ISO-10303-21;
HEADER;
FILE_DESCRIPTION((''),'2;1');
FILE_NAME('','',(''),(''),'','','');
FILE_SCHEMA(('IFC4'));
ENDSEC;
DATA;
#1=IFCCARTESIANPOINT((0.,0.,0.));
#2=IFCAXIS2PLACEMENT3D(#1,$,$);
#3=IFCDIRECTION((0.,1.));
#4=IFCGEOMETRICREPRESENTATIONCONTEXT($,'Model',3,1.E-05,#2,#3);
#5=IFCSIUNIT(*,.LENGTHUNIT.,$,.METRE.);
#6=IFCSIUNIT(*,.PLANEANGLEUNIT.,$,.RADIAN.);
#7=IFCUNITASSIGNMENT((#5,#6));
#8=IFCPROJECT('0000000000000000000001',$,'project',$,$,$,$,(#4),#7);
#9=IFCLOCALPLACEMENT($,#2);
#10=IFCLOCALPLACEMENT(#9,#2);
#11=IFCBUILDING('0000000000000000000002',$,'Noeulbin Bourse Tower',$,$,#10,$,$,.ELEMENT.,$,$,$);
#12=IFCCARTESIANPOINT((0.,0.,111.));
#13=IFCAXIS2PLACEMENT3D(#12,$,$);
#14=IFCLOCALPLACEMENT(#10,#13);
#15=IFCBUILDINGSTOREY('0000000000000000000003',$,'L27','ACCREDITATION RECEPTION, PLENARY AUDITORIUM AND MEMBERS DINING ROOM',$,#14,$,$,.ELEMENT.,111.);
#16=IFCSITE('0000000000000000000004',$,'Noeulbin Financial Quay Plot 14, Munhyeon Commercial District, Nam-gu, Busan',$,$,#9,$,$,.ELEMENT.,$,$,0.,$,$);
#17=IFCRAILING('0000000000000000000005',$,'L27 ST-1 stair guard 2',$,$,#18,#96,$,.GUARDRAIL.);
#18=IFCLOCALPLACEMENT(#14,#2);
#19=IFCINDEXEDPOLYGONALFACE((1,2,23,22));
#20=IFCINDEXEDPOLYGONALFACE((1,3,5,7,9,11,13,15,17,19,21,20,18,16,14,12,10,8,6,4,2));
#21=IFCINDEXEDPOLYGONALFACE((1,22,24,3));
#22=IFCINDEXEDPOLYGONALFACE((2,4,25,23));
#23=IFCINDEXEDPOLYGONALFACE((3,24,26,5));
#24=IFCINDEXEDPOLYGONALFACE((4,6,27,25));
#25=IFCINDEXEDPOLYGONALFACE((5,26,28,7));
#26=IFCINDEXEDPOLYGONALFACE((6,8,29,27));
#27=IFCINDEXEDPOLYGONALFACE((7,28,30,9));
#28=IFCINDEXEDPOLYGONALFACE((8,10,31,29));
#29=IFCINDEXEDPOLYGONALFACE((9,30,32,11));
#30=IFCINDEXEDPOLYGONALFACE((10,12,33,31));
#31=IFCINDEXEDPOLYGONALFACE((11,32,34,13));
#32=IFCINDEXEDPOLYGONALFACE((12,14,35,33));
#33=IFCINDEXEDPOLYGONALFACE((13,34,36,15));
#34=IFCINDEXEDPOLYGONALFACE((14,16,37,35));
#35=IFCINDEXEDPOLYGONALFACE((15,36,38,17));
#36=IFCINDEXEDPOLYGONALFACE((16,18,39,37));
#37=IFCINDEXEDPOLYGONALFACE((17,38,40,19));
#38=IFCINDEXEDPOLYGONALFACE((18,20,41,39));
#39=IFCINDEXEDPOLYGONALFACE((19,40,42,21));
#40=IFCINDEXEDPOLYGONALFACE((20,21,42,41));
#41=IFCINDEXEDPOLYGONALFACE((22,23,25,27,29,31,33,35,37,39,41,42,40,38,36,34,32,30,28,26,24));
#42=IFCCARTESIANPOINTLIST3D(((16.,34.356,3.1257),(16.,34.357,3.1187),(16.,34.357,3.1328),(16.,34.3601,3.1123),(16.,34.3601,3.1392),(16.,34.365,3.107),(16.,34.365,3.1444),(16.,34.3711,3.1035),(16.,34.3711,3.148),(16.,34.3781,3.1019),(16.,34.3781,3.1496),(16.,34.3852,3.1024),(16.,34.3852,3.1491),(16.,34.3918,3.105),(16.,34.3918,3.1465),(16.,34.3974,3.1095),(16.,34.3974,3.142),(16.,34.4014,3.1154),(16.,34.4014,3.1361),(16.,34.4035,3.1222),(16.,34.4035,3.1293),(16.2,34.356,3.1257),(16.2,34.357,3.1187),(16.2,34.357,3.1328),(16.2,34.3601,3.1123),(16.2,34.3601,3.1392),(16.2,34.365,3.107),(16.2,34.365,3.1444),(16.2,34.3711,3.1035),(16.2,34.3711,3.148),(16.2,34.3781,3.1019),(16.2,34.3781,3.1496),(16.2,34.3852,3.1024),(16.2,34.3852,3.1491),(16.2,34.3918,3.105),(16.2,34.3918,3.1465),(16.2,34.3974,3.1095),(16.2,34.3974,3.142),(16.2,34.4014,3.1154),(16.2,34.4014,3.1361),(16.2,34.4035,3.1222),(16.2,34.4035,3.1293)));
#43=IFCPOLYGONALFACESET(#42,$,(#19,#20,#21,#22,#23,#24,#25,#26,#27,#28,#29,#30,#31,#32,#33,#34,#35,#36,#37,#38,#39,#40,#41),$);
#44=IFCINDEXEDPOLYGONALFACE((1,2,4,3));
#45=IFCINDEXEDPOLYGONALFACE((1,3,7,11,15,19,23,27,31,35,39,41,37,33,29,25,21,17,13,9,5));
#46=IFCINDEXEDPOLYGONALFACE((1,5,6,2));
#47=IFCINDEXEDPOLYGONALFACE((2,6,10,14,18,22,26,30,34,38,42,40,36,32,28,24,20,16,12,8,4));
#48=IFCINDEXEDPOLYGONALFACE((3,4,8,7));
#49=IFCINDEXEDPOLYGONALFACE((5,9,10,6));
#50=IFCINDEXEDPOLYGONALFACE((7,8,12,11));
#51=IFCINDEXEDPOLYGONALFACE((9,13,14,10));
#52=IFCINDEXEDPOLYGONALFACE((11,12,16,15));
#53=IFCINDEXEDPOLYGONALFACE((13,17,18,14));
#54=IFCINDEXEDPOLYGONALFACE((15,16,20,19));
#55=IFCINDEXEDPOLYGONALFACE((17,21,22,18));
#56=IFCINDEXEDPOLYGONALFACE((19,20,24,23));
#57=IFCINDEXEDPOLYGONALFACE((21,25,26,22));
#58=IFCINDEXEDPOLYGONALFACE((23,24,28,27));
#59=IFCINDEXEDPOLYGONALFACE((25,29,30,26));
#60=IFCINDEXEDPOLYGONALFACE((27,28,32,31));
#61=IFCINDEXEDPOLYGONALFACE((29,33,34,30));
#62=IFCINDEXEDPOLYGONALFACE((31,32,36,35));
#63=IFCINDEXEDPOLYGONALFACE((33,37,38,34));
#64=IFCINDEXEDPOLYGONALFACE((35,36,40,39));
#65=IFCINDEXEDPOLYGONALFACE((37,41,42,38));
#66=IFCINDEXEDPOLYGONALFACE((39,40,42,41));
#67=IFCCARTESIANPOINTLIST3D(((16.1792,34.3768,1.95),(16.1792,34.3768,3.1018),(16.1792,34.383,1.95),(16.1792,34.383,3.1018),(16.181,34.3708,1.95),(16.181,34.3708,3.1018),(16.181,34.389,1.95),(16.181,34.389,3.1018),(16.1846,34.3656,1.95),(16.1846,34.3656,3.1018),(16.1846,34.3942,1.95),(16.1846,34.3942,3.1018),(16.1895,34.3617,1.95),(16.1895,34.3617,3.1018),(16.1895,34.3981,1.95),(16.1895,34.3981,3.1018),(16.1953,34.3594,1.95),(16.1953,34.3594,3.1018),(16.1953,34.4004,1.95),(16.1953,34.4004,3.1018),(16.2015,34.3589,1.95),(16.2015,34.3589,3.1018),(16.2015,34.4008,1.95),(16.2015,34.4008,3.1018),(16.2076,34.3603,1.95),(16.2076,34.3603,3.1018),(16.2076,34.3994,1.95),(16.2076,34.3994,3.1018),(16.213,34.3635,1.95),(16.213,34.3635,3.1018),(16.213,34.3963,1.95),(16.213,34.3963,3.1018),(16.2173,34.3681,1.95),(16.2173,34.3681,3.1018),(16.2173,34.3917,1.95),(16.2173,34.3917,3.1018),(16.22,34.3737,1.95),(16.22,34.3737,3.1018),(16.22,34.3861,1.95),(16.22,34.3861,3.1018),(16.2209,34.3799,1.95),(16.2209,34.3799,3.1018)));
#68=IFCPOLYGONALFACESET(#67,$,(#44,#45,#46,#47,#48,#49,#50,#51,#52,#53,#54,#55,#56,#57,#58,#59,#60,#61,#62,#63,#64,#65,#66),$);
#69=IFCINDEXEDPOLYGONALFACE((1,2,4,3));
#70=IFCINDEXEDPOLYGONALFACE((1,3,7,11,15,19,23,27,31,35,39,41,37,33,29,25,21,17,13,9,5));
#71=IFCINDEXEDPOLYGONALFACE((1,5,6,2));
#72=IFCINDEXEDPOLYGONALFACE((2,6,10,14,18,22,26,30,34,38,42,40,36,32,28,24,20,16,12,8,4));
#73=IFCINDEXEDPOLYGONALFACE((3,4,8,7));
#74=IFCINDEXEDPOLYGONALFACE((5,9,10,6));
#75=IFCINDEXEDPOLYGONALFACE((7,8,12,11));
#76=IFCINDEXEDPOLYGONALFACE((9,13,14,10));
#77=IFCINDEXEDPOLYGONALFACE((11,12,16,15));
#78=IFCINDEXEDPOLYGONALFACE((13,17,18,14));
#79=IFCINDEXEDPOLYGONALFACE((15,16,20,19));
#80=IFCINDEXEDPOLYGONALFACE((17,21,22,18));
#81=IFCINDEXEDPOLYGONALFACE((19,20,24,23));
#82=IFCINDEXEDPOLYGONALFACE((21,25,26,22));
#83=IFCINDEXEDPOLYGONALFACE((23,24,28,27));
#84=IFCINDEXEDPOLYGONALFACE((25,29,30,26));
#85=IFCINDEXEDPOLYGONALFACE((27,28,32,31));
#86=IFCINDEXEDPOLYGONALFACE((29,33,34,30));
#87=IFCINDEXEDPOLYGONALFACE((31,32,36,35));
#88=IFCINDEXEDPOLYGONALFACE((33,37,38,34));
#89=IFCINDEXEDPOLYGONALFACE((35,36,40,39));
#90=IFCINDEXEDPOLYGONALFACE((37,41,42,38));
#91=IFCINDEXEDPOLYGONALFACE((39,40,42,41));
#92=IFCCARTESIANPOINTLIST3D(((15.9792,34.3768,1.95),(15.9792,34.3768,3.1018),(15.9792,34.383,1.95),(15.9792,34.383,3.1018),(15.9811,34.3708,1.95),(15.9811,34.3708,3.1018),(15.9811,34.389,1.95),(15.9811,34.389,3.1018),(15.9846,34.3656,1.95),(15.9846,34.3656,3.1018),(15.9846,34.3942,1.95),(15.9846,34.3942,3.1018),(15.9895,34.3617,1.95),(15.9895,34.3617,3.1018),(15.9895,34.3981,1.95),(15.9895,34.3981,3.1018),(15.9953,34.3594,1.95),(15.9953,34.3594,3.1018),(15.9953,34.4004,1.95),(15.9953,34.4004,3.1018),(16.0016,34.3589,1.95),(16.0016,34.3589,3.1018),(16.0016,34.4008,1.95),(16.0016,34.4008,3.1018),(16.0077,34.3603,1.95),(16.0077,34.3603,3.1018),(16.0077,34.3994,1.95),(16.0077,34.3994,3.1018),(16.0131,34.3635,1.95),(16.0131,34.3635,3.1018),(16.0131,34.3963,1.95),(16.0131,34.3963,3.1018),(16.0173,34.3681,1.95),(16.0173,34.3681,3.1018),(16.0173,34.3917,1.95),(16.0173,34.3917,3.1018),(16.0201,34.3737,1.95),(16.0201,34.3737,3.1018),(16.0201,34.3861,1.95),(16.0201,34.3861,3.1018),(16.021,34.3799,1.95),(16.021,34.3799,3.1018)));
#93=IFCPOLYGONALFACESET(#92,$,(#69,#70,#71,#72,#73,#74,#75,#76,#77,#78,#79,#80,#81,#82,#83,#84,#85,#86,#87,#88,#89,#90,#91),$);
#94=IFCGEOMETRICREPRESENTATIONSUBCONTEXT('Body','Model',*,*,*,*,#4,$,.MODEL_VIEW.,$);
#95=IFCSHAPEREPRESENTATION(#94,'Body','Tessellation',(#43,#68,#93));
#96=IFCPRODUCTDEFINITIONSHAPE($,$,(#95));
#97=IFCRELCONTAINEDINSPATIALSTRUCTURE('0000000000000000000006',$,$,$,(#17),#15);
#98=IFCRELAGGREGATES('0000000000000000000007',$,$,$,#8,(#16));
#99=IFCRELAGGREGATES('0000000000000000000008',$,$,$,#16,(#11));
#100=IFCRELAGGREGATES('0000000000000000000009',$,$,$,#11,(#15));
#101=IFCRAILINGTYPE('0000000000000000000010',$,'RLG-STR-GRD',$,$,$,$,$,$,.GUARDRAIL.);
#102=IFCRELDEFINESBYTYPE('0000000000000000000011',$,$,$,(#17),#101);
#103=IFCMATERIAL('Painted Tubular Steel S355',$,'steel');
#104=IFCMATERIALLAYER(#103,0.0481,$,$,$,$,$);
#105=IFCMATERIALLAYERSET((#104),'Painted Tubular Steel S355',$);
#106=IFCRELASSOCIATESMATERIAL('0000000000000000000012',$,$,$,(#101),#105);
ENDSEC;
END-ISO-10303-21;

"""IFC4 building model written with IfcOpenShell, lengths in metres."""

from ifc_helpers import new_model, si_unit, direction, frame, origin, origin_2d, place, context, subcontext, project, spatial, circle, extrude, material, layer, layer_set, type_object, element, save


model = new_model("IFC4")

# Units and contexts
model_context = context("Model", 3, precision=1e-05, world=origin(), true_north=direction((0.0, 1.0)))
body_context = subcontext(model_context, "Body", "Model", "MODEL_VIEW")
ifc_project = project(units=[si_unit("LENGTHUNIT", "METRE"), si_unit("PLANEANGLEUNIT", "RADIAN")], contexts=[model_context])

# Site, building, storey
site_placement = place(None, origin())
site = spatial("IfcSite", under=ifc_project, at=site_placement, Name="Noeulbin Financial Quay Plot 14, Munhyeon Commercial District, Nam-gu, Busan", CompositionType="ELEMENT", RefElevation=0.0)
building_placement = place(site_placement, origin())
building = spatial("IfcBuilding", under=site, at=building_placement, Name="Noeulbin Bourse Tower", CompositionType="ELEMENT")
storey_placement = place(building_placement, frame((0.0, 0.0, 111.0)))
storey = spatial("IfcBuildingStorey", under=building, at=storey_placement, Name="L27", Description="ACCREDITATION RECEPTION, PLENARY AUDITORIUM AND MEMBERS DINING ROOM", CompositionType="ELEMENT", Elevation=111.0)

# Railing
ifc_material_1 = material(Name="Painted Tubular Steel S355", Category="steel")
ifc_layer_1 = layer(ifc_material_1, 0.0481)
ifc_layer_set_1 = layer_set([ifc_layer_1], Name="Painted Tubular Steel S355")
railing_type_1 = type_object("IfcRailingType", Name="RLG-STR-GRD", PredefinedType="GUARDRAIL", material=ifc_layer_set_1)
railing_1_placement = place(storey_placement, frame((16.2, 34.3799, 1.95)))
element("IfcRailing", 1, at=railing_1_placement, inside=storey, type_object=railing_type_1, Name="L27 ST-1 stair guard 2", PredefinedType="GUARDRAIL", context=body_context, shape_type="SweptSolid", body=[
    extrude(circle(Radius=0.0239, at=origin_2d()), frame((0.0, 0.0, 1.1758), z_axis=(-1.0, 0.0, 0.0), x_axis=(0.0, -1.0, 0.0)), (0.0, 0.0, 1.0), 0.2),
    extrude(circle(Radius=0.021, at=origin_2d()), origin(), (0.0, 0.0, 1.0), 1.1519),
    extrude(circle(Radius=0.021, at=origin_2d()), frame((-0.2, 0.0, 0.0)), (0.0, 0.0, 1.0), 1.1519),
])

save(model, "model.ifc")
